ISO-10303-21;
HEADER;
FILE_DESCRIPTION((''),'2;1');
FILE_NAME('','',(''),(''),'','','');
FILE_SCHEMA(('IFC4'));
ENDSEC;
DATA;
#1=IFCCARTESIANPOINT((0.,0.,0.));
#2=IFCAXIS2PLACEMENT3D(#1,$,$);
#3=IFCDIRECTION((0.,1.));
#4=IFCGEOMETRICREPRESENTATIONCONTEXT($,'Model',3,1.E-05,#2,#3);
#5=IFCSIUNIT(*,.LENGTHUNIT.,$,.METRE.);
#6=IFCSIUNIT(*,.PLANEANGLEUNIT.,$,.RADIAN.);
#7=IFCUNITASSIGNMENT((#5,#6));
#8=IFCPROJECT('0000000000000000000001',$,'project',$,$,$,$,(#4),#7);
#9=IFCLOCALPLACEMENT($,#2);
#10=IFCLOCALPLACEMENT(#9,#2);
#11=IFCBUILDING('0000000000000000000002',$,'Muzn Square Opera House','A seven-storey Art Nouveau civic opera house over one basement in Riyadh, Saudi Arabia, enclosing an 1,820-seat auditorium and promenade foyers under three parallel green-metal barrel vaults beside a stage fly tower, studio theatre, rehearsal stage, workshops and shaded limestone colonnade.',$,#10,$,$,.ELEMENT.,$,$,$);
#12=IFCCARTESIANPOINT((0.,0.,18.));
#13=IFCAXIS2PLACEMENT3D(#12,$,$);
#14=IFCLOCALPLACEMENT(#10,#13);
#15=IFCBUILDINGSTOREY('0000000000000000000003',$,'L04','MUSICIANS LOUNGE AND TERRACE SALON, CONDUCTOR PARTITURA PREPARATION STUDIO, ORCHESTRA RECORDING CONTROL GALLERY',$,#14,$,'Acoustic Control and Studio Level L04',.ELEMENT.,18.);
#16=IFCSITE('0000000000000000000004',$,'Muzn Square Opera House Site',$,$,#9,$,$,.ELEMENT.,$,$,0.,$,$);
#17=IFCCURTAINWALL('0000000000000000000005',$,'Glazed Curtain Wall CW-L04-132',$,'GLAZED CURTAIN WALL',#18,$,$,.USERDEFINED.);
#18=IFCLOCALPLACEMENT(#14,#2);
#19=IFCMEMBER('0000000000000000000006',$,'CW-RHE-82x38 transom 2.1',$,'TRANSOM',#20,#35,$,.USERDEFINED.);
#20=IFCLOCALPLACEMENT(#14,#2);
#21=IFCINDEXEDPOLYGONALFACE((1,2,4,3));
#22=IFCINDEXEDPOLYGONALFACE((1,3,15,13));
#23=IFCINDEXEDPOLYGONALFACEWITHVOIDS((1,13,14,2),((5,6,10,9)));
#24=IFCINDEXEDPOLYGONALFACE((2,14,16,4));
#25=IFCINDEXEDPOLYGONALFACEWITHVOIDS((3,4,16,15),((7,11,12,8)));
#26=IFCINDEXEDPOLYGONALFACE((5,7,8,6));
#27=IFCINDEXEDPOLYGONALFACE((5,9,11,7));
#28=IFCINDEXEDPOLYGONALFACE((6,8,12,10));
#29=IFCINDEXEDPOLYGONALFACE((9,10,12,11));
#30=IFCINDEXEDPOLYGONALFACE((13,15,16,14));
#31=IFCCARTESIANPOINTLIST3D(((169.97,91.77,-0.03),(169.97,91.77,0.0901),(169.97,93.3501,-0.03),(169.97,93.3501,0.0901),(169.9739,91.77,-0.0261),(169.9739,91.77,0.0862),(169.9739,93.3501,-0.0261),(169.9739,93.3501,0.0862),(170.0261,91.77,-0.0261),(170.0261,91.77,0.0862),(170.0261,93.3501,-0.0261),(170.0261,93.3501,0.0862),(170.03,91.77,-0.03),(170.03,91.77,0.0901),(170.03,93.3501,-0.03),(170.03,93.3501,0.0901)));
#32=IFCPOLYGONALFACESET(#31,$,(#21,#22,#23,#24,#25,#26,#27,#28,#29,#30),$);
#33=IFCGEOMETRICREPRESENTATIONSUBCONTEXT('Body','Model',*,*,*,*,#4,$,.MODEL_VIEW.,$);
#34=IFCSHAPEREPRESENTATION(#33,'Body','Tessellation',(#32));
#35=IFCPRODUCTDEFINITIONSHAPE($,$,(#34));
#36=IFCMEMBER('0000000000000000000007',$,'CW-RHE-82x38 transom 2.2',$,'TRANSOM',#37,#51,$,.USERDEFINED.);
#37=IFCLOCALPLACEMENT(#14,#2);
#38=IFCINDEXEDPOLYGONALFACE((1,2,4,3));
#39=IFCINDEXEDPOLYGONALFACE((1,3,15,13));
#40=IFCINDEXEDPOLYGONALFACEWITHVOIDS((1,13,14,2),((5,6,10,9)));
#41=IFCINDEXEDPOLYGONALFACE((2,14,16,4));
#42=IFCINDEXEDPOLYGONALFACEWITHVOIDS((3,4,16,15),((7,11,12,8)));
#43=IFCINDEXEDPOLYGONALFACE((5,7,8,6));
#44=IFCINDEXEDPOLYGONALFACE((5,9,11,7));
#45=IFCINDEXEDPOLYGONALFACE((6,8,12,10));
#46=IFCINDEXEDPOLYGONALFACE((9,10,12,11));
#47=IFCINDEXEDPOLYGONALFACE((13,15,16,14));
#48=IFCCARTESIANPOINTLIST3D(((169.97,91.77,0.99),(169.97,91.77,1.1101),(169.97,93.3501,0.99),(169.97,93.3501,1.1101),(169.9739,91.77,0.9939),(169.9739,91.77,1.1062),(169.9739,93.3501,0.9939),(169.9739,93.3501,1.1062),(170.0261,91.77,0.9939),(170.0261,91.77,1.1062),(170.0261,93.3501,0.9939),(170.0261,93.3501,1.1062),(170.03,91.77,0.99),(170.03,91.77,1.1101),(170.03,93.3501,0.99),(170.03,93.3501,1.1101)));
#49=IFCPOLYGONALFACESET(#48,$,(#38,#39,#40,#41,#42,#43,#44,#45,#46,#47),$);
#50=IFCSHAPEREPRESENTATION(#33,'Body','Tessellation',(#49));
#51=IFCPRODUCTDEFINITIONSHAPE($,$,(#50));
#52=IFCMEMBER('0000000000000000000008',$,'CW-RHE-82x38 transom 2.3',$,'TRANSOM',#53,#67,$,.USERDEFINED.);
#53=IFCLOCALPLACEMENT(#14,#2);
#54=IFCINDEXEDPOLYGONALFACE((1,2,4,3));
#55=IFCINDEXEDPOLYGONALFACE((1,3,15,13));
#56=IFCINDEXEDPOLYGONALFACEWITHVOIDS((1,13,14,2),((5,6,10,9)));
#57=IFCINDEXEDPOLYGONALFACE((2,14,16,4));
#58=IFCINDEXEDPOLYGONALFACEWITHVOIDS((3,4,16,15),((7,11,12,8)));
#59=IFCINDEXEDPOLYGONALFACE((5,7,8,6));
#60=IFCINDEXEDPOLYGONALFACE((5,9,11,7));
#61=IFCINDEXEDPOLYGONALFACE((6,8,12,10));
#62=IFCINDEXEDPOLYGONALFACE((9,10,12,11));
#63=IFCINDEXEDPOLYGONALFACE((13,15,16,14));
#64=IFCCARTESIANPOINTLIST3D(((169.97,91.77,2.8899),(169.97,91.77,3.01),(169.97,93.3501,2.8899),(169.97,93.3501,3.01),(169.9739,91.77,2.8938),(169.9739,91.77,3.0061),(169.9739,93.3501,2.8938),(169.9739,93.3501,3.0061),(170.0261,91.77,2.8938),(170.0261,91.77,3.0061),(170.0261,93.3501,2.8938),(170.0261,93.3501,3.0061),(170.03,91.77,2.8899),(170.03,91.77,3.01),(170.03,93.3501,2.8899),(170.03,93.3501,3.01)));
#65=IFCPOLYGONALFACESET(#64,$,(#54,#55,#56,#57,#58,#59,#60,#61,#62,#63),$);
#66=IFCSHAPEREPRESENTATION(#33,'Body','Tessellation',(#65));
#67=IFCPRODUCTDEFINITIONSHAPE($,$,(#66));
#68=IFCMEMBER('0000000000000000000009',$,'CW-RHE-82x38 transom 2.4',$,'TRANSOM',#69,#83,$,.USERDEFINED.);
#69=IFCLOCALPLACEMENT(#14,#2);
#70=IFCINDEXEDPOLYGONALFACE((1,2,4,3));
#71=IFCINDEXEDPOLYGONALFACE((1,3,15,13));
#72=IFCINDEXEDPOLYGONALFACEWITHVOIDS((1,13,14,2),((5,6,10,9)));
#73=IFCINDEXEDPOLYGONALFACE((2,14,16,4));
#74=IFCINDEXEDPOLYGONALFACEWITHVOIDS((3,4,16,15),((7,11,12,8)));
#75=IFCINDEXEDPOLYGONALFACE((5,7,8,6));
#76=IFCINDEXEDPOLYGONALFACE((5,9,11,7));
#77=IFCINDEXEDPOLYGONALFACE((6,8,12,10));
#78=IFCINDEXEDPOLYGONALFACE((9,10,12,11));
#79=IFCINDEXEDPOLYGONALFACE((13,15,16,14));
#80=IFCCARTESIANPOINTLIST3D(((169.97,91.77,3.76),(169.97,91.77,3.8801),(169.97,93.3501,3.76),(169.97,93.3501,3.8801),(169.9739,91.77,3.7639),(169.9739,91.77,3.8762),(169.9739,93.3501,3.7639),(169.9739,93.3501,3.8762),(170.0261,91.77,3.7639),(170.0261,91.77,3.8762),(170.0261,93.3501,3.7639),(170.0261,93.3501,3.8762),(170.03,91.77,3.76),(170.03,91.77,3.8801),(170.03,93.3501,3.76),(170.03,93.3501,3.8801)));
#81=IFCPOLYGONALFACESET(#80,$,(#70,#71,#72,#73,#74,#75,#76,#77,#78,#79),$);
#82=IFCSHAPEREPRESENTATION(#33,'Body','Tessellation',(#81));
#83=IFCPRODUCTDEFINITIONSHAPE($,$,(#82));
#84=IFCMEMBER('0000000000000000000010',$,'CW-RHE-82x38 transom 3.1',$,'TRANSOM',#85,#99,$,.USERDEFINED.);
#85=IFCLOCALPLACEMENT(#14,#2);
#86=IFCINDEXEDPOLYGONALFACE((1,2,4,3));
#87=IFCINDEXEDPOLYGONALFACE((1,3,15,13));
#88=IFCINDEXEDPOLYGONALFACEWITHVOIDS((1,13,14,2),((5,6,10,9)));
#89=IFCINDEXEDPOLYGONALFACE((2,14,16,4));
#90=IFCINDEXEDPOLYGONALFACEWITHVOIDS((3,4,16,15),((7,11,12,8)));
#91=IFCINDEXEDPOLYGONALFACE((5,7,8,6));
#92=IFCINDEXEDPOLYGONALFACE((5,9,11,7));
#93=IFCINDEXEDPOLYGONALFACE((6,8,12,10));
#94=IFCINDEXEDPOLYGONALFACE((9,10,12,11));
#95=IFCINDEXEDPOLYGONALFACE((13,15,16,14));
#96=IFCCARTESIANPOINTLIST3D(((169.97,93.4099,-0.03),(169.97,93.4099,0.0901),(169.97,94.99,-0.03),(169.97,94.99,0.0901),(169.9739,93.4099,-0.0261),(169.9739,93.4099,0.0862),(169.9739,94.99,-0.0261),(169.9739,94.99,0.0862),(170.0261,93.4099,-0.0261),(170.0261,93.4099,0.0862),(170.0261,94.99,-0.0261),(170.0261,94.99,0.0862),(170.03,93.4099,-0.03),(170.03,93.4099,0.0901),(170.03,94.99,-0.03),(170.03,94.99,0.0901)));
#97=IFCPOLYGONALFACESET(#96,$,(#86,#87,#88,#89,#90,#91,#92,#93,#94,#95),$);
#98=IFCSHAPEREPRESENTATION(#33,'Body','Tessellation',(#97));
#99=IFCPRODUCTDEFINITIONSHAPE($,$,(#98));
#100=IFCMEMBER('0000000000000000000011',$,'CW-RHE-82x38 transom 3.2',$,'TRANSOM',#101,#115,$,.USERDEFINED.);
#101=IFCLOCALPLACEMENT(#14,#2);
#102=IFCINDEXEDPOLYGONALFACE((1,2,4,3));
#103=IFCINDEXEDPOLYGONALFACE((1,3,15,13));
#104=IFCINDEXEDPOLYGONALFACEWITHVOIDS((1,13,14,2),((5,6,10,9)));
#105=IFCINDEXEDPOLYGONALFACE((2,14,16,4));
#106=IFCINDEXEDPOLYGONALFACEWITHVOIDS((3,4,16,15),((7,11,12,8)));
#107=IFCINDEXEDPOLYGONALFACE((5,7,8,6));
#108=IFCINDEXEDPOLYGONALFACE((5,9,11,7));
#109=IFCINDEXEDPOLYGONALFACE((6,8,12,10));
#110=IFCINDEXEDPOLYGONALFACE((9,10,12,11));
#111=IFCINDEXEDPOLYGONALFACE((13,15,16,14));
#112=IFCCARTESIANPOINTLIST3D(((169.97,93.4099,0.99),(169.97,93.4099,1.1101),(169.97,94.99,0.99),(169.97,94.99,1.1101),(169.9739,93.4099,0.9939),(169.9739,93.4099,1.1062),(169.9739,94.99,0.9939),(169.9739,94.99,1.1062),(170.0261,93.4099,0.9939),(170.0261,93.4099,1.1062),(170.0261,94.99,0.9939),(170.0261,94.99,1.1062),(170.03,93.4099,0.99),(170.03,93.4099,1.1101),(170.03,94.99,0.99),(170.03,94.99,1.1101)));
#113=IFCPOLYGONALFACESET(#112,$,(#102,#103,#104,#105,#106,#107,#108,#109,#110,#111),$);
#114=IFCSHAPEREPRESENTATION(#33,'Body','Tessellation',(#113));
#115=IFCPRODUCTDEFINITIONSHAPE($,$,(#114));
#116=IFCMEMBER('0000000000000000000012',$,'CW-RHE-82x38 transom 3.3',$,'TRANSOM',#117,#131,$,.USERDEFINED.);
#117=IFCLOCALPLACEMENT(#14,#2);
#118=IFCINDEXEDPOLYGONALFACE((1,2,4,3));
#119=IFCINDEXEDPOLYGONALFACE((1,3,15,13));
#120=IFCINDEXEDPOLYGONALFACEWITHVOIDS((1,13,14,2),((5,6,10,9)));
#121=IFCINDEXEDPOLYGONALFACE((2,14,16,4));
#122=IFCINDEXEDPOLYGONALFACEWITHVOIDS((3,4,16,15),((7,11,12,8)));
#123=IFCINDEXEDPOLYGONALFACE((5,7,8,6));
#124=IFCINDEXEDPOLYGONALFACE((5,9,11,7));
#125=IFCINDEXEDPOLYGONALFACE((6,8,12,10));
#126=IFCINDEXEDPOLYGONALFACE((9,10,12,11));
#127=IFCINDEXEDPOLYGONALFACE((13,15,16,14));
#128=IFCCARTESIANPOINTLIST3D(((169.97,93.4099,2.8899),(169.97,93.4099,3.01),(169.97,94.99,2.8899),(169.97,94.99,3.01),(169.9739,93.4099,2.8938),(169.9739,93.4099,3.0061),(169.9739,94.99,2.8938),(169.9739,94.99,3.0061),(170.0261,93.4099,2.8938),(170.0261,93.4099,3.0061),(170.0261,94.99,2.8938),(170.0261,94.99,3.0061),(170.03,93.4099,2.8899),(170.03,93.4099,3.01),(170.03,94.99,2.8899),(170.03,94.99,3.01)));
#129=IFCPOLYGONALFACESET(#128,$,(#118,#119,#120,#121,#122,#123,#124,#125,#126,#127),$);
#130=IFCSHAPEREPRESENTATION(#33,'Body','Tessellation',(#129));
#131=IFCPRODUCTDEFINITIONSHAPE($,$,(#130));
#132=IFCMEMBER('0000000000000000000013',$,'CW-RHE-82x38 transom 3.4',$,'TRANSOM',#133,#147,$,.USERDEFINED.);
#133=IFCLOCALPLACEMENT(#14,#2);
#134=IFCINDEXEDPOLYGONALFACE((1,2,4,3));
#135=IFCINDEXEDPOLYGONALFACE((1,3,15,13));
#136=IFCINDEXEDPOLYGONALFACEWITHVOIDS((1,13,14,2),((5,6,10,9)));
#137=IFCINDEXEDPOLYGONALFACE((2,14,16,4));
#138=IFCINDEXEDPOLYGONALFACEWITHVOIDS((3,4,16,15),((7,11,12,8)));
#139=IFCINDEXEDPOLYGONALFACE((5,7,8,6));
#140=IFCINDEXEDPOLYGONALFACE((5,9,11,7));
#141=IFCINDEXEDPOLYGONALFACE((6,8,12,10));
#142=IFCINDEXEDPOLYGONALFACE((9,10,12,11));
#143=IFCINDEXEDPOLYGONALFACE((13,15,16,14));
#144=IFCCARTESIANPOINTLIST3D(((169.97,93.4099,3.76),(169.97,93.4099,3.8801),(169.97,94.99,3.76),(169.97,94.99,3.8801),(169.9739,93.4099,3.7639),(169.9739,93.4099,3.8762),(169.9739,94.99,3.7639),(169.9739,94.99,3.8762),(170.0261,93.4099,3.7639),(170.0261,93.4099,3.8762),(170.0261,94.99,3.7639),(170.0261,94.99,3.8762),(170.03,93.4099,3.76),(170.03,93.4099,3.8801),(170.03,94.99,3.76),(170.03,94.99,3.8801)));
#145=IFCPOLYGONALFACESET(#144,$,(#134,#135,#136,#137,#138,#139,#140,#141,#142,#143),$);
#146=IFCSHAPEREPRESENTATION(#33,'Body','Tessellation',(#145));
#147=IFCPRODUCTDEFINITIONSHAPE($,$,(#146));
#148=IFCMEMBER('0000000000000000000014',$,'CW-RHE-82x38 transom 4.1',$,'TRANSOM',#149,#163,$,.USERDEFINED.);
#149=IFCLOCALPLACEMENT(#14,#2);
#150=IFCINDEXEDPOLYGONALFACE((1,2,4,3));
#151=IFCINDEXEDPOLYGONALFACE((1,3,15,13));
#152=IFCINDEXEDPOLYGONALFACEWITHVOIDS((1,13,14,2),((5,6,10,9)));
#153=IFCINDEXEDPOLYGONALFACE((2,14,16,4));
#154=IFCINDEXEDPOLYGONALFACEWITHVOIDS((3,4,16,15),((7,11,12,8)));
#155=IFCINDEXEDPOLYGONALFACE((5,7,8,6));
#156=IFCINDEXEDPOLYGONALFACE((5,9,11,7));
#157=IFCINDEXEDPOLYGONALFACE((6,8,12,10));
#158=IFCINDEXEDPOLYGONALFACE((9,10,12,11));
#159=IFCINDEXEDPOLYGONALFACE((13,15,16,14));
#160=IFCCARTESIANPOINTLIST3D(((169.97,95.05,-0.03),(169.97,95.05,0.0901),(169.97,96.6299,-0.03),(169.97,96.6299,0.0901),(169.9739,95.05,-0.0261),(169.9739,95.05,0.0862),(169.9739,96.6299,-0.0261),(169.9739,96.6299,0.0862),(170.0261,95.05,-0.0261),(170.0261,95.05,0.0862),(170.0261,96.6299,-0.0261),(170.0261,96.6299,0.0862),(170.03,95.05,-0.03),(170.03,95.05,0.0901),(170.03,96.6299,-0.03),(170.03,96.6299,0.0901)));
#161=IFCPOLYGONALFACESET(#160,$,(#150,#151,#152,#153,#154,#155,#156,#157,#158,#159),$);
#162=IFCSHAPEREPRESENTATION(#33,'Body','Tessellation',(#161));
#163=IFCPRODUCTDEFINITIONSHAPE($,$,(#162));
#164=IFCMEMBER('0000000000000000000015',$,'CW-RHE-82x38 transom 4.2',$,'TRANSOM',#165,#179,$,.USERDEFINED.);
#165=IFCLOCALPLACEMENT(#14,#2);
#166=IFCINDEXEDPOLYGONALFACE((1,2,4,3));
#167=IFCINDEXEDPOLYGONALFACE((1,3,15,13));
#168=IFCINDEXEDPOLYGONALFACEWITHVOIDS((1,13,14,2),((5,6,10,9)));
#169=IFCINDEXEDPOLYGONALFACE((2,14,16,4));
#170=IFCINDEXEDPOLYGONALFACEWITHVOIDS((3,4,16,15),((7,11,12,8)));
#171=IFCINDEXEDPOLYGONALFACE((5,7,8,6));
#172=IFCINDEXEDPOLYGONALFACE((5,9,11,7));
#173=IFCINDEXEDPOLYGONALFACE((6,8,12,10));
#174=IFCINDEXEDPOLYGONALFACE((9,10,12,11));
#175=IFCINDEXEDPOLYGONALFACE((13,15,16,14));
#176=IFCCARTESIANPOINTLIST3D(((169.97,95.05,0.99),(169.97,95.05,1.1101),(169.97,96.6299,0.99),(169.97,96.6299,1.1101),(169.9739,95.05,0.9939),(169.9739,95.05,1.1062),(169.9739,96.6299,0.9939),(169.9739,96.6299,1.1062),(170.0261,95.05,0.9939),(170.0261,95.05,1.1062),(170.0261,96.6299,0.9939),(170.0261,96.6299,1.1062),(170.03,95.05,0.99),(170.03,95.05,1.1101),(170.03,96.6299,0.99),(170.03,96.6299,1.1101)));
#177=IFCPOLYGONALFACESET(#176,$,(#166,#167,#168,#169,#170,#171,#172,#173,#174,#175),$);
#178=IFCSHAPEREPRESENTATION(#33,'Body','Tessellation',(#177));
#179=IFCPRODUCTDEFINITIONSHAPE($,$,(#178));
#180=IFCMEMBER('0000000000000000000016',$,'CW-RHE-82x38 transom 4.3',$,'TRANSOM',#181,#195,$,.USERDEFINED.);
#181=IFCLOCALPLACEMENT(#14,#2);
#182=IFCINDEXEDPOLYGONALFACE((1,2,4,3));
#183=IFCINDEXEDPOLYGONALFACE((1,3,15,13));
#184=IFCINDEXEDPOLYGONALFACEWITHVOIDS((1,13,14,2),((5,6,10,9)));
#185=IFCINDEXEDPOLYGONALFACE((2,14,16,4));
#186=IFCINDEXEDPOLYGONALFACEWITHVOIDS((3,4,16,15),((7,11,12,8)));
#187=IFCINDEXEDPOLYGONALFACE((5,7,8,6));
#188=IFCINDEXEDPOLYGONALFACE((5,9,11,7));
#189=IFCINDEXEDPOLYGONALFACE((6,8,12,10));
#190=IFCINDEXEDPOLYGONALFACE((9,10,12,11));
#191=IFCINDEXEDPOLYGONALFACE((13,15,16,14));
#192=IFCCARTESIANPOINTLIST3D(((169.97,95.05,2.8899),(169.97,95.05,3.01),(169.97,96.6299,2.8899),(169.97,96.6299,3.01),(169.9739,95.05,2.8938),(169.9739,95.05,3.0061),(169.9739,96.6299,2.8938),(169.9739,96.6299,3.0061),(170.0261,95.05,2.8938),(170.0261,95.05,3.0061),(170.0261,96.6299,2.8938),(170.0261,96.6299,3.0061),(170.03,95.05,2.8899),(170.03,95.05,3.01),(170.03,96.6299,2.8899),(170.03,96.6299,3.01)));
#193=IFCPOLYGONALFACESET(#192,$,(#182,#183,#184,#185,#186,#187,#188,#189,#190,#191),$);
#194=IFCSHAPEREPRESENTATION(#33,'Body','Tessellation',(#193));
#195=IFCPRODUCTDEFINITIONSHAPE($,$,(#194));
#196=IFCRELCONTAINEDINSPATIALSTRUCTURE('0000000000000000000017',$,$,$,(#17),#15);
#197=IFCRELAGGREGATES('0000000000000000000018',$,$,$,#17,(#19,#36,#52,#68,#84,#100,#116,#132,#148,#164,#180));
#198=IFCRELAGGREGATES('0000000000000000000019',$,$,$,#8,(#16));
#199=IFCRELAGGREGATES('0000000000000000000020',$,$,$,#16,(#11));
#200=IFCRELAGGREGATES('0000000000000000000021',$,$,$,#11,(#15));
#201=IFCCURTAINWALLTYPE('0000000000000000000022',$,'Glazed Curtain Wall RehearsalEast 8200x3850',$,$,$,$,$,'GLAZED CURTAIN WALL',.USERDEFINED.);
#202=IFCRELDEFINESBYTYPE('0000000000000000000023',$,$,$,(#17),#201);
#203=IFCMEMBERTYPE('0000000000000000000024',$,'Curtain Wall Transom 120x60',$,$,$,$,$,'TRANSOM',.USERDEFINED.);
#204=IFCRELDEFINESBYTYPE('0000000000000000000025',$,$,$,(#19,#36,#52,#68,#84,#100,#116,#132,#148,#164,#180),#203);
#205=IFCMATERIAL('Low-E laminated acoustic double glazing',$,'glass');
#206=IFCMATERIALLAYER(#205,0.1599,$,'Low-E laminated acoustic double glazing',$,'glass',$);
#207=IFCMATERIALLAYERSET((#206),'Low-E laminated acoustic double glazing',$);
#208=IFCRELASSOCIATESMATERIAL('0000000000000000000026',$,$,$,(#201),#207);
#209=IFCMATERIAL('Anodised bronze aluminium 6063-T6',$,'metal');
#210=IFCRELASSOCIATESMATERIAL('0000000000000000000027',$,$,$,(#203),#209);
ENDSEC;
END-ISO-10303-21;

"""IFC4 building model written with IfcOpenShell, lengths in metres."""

from ifc_helpers import new_model, si_unit, direction, frame, origin, origin_2d, place, context, subcontext, project, spatial, hollow_rectangle, extrude, material, layer, layer_set, material_profile, profile_set, type_object, element, aggregate, save


model = new_model("IFC4")

# Units and contexts
model_context = context("Model", 3, precision=1e-05, world=origin(), true_north=direction((0.0, 1.0)))
body_context = subcontext(model_context, "Body", "Model", "MODEL_VIEW")
ifc_project = project(units=[si_unit("LENGTHUNIT", "METRE"), si_unit("PLANEANGLEUNIT", "RADIAN")], contexts=[model_context])

# Site, building, storey
site_placement = place(None, origin())
site = spatial("IfcSite", under=ifc_project, at=site_placement, Name="Muzn Square Opera House Site", CompositionType="ELEMENT", RefElevation=0.0)
building_placement = place(site_placement, origin())
building = spatial("IfcBuilding", under=site, at=building_placement, Name="Muzn Square Opera House", Description="A seven-storey Art Nouveau civic opera house over one basement in Riyadh, Saudi Arabia, enclosing an 1,820-seat auditorium and promenade foyers under three parallel green-metal barrel vaults beside a stage fly tower, studio theatre, rehearsal stage, workshops and shaded limestone colonnade.", CompositionType="ELEMENT")
storey_placement = place(building_placement, frame((0.0, 0.0, 18.0)))
storey = spatial("IfcBuildingStorey", under=building, at=storey_placement, Name="L04", Description="MUSICIANS LOUNGE AND TERRACE SALON, CONDUCTOR PARTITURA PREPARATION STUDIO, ORCHESTRA RECORDING CONTROL GALLERY", LongName="Acoustic Control and Studio Level L04", CompositionType="ELEMENT", Elevation=18.0)

# Shared definitions
ifc_material_1 = material(Name="Low-E laminated acoustic double glazing", Category="glass")
ifc_material_2 = material(Name="Anodised bronze aluminium 6063-T6", Category="metal")

# Curtain wall, members
ifc_layer_1 = layer(ifc_material_1, 0.1599, Name="Low-E laminated acoustic double glazing", Category="glass")
ifc_layer_set_1 = layer_set([ifc_layer_1], Name="Low-E laminated acoustic double glazing")
curtain_wall_type_1 = type_object("IfcCurtainWallType", Name="Glazed Curtain Wall RehearsalEast 8200x3850", ElementType="GLAZED CURTAIN WALL", PredefinedType="USERDEFINED", material=ifc_layer_set_1)
curtain_wall_1_placement = place(storey_placement, origin())
curtain_wall_1 = element("IfcCurtainWall", 1, at=curtain_wall_1_placement, inside=storey, type_object=curtain_wall_type_1, Name="Glazed Curtain Wall CW-L04-132", ObjectType="GLAZED CURTAIN WALL", PredefinedType="USERDEFINED")
ifc_material_profile_1 = material_profile(ifc_material_2, hollow_rectangle(XDim=0.0601, YDim=0.1201, WallThickness=0.0039, at=origin_2d()), Name="ALU 120x60x4", Category="metal")
ifc_profile_set_1 = profile_set([ifc_material_profile_1], Name="Anodised bronze aluminium 6063-T6")
member_type_1 = type_object("IfcMemberType", Name="Curtain Wall Transom 120x60", ElementType="TRANSOM", PredefinedType="USERDEFINED", material=ifc_profile_set_1)
member_1_placement = place(storey_placement, frame((170.0, 91.77, 0.03), z_axis=(0.0, 1.0, 0.0), x_axis=(-1.0, 0.0, 0.0)))
member_1 = element("IfcMember", 2, at=member_1_placement, type_object=member_type_1, Name="CW-RHE-82x38 transom 2.1", ObjectType="TRANSOM", PredefinedType="USERDEFINED", context=body_context, shape_type="SweptSolid", body=[
    extrude(hollow_rectangle(XDim=0.0601, YDim=0.1201, WallThickness=0.0039, at=origin_2d()), origin(), (0.0, 0.0, 1.0), 1.5801),
])
member_2_placement = place(storey_placement, frame((170.0, 91.77, 1.05), z_axis=(0.0, 1.0, 0.0), x_axis=(-1.0, 0.0, 0.0)))
member_2 = element("IfcMember", 3, at=member_2_placement, type_object=member_type_1, Name="CW-RHE-82x38 transom 2.2", ObjectType="TRANSOM", PredefinedType="USERDEFINED", context=body_context, shape_type="SweptSolid", body=[
    extrude(hollow_rectangle(XDim=0.0601, YDim=0.1201, WallThickness=0.0039, at=origin_2d()), origin(), (0.0, 0.0, 1.0), 1.5801),
])
member_3_placement = place(storey_placement, frame((170.0, 91.77, 2.95), z_axis=(0.0, 1.0, 0.0), x_axis=(-1.0, 0.0, 0.0)))
member_3 = element("IfcMember", 4, at=member_3_placement, type_object=member_type_1, Name="CW-RHE-82x38 transom 2.3", ObjectType="TRANSOM", PredefinedType="USERDEFINED", context=body_context, shape_type="SweptSolid", body=[
    extrude(hollow_rectangle(XDim=0.0601, YDim=0.1201, WallThickness=0.0039, at=origin_2d()), origin(), (0.0, 0.0, 1.0), 1.5801),
])
member_4_placement = place(storey_placement, frame((170.0, 91.77, 3.8201), z_axis=(0.0, 1.0, 0.0), x_axis=(-1.0, 0.0, 0.0)))
member_4 = element("IfcMember", 5, at=member_4_placement, type_object=member_type_1, Name="CW-RHE-82x38 transom 2.4", ObjectType="TRANSOM", PredefinedType="USERDEFINED", context=body_context, shape_type="SweptSolid", body=[
    extrude(hollow_rectangle(XDim=0.0601, YDim=0.1201, WallThickness=0.0039, at=origin_2d()), origin(), (0.0, 0.0, 1.0), 1.5801),
])
member_5_placement = place(storey_placement, frame((170.0, 93.4099, 0.03), z_axis=(0.0, 1.0, 0.0), x_axis=(-1.0, 0.0, 0.0)))
member_5 = element("IfcMember", 6, at=member_5_placement, type_object=member_type_1, Name="CW-RHE-82x38 transom 3.1", ObjectType="TRANSOM", PredefinedType="USERDEFINED", context=body_context, shape_type="SweptSolid", body=[
    extrude(hollow_rectangle(XDim=0.0601, YDim=0.1201, WallThickness=0.0039, at=origin_2d()), origin(), (0.0, 0.0, 1.0), 1.5801),
])
member_6_placement = place(storey_placement, frame((170.0, 93.4099, 1.05), z_axis=(0.0, 1.0, 0.0), x_axis=(-1.0, 0.0, 0.0)))
member_6 = element("IfcMember", 7, at=member_6_placement, type_object=member_type_1, Name="CW-RHE-82x38 transom 3.2", ObjectType="TRANSOM", PredefinedType="USERDEFINED", context=body_context, shape_type="SweptSolid", body=[
    extrude(hollow_rectangle(XDim=0.0601, YDim=0.1201, WallThickness=0.0039, at=origin_2d()), origin(), (0.0, 0.0, 1.0), 1.5801),
])
member_7_placement = place(storey_placement, frame((170.0, 93.4099, 2.95), z_axis=(0.0, 1.0, 0.0), x_axis=(-1.0, 0.0, 0.0)))
member_7 = element("IfcMember", 8, at=member_7_placement, type_object=member_type_1, Name="CW-RHE-82x38 transom 3.3", ObjectType="TRANSOM", PredefinedType="USERDEFINED", context=body_context, shape_type="SweptSolid", body=[
    extrude(hollow_rectangle(XDim=0.0601, YDim=0.1201, WallThickness=0.0039, at=origin_2d()), origin(), (0.0, 0.0, 1.0), 1.5801),
])
member_8_placement = place(storey_placement, frame((170.0, 93.4099, 3.8201), z_axis=(0.0, 1.0, 0.0), x_axis=(-1.0, 0.0, 0.0)))
member_8 = element("IfcMember", 9, at=member_8_placement, type_object=member_type_1, Name="CW-RHE-82x38 transom 3.4", ObjectType="TRANSOM", PredefinedType="USERDEFINED", context=body_context, shape_type="SweptSolid", body=[
    extrude(hollow_rectangle(XDim=0.0601, YDim=0.1201, WallThickness=0.0039, at=origin_2d()), origin(), (0.0, 0.0, 1.0), 1.5801),
])
member_9_placement = place(storey_placement, frame((170.0, 95.05, 0.03), z_axis=(0.0, 1.0, 0.0), x_axis=(-1.0, 0.0, 0.0)))
member_9 = element("IfcMember", 10, at=member_9_placement, type_object=member_type_1, Name="CW-RHE-82x38 transom 4.1", ObjectType="TRANSOM", PredefinedType="USERDEFINED", context=body_context, shape_type="SweptSolid", body=[
    extrude(hollow_rectangle(XDim=0.0601, YDim=0.1201, WallThickness=0.0039, at=origin_2d()), origin(), (0.0, 0.0, 1.0), 1.5798),
])
member_10_placement = place(storey_placement, frame((170.0, 95.05, 1.05), z_axis=(0.0, 1.0, 0.0), x_axis=(-1.0, 0.0, 0.0)))
member_10 = element("IfcMember", 11, at=member_10_placement, type_object=member_type_1, Name="CW-RHE-82x38 transom 4.2", ObjectType="TRANSOM", PredefinedType="USERDEFINED", context=body_context, shape_type="SweptSolid", body=[
    extrude(hollow_rectangle(XDim=0.0601, YDim=0.1201, WallThickness=0.0039, at=origin_2d()), origin(), (0.0, 0.0, 1.0), 1.5798),
])
member_11_placement = place(storey_placement, frame((170.0, 95.05, 2.95), z_axis=(0.0, 1.0, 0.0), x_axis=(-1.0, 0.0, 0.0)))
member_11 = element("IfcMember", 12, at=member_11_placement, type_object=member_type_1, Name="CW-RHE-82x38 transom 4.3", ObjectType="TRANSOM", PredefinedType="USERDEFINED", context=body_context, shape_type="SweptSolid", body=[
    extrude(hollow_rectangle(XDim=0.0601, YDim=0.1201, WallThickness=0.0039, at=origin_2d()), origin(), (0.0, 0.0, 1.0), 1.5798),
])

aggregate(curtain_wall_1, [member_1, member_2, member_3, member_4, member_5, member_6, member_7, member_8, member_9, member_10, member_11])

save(model, "model.ifc")
